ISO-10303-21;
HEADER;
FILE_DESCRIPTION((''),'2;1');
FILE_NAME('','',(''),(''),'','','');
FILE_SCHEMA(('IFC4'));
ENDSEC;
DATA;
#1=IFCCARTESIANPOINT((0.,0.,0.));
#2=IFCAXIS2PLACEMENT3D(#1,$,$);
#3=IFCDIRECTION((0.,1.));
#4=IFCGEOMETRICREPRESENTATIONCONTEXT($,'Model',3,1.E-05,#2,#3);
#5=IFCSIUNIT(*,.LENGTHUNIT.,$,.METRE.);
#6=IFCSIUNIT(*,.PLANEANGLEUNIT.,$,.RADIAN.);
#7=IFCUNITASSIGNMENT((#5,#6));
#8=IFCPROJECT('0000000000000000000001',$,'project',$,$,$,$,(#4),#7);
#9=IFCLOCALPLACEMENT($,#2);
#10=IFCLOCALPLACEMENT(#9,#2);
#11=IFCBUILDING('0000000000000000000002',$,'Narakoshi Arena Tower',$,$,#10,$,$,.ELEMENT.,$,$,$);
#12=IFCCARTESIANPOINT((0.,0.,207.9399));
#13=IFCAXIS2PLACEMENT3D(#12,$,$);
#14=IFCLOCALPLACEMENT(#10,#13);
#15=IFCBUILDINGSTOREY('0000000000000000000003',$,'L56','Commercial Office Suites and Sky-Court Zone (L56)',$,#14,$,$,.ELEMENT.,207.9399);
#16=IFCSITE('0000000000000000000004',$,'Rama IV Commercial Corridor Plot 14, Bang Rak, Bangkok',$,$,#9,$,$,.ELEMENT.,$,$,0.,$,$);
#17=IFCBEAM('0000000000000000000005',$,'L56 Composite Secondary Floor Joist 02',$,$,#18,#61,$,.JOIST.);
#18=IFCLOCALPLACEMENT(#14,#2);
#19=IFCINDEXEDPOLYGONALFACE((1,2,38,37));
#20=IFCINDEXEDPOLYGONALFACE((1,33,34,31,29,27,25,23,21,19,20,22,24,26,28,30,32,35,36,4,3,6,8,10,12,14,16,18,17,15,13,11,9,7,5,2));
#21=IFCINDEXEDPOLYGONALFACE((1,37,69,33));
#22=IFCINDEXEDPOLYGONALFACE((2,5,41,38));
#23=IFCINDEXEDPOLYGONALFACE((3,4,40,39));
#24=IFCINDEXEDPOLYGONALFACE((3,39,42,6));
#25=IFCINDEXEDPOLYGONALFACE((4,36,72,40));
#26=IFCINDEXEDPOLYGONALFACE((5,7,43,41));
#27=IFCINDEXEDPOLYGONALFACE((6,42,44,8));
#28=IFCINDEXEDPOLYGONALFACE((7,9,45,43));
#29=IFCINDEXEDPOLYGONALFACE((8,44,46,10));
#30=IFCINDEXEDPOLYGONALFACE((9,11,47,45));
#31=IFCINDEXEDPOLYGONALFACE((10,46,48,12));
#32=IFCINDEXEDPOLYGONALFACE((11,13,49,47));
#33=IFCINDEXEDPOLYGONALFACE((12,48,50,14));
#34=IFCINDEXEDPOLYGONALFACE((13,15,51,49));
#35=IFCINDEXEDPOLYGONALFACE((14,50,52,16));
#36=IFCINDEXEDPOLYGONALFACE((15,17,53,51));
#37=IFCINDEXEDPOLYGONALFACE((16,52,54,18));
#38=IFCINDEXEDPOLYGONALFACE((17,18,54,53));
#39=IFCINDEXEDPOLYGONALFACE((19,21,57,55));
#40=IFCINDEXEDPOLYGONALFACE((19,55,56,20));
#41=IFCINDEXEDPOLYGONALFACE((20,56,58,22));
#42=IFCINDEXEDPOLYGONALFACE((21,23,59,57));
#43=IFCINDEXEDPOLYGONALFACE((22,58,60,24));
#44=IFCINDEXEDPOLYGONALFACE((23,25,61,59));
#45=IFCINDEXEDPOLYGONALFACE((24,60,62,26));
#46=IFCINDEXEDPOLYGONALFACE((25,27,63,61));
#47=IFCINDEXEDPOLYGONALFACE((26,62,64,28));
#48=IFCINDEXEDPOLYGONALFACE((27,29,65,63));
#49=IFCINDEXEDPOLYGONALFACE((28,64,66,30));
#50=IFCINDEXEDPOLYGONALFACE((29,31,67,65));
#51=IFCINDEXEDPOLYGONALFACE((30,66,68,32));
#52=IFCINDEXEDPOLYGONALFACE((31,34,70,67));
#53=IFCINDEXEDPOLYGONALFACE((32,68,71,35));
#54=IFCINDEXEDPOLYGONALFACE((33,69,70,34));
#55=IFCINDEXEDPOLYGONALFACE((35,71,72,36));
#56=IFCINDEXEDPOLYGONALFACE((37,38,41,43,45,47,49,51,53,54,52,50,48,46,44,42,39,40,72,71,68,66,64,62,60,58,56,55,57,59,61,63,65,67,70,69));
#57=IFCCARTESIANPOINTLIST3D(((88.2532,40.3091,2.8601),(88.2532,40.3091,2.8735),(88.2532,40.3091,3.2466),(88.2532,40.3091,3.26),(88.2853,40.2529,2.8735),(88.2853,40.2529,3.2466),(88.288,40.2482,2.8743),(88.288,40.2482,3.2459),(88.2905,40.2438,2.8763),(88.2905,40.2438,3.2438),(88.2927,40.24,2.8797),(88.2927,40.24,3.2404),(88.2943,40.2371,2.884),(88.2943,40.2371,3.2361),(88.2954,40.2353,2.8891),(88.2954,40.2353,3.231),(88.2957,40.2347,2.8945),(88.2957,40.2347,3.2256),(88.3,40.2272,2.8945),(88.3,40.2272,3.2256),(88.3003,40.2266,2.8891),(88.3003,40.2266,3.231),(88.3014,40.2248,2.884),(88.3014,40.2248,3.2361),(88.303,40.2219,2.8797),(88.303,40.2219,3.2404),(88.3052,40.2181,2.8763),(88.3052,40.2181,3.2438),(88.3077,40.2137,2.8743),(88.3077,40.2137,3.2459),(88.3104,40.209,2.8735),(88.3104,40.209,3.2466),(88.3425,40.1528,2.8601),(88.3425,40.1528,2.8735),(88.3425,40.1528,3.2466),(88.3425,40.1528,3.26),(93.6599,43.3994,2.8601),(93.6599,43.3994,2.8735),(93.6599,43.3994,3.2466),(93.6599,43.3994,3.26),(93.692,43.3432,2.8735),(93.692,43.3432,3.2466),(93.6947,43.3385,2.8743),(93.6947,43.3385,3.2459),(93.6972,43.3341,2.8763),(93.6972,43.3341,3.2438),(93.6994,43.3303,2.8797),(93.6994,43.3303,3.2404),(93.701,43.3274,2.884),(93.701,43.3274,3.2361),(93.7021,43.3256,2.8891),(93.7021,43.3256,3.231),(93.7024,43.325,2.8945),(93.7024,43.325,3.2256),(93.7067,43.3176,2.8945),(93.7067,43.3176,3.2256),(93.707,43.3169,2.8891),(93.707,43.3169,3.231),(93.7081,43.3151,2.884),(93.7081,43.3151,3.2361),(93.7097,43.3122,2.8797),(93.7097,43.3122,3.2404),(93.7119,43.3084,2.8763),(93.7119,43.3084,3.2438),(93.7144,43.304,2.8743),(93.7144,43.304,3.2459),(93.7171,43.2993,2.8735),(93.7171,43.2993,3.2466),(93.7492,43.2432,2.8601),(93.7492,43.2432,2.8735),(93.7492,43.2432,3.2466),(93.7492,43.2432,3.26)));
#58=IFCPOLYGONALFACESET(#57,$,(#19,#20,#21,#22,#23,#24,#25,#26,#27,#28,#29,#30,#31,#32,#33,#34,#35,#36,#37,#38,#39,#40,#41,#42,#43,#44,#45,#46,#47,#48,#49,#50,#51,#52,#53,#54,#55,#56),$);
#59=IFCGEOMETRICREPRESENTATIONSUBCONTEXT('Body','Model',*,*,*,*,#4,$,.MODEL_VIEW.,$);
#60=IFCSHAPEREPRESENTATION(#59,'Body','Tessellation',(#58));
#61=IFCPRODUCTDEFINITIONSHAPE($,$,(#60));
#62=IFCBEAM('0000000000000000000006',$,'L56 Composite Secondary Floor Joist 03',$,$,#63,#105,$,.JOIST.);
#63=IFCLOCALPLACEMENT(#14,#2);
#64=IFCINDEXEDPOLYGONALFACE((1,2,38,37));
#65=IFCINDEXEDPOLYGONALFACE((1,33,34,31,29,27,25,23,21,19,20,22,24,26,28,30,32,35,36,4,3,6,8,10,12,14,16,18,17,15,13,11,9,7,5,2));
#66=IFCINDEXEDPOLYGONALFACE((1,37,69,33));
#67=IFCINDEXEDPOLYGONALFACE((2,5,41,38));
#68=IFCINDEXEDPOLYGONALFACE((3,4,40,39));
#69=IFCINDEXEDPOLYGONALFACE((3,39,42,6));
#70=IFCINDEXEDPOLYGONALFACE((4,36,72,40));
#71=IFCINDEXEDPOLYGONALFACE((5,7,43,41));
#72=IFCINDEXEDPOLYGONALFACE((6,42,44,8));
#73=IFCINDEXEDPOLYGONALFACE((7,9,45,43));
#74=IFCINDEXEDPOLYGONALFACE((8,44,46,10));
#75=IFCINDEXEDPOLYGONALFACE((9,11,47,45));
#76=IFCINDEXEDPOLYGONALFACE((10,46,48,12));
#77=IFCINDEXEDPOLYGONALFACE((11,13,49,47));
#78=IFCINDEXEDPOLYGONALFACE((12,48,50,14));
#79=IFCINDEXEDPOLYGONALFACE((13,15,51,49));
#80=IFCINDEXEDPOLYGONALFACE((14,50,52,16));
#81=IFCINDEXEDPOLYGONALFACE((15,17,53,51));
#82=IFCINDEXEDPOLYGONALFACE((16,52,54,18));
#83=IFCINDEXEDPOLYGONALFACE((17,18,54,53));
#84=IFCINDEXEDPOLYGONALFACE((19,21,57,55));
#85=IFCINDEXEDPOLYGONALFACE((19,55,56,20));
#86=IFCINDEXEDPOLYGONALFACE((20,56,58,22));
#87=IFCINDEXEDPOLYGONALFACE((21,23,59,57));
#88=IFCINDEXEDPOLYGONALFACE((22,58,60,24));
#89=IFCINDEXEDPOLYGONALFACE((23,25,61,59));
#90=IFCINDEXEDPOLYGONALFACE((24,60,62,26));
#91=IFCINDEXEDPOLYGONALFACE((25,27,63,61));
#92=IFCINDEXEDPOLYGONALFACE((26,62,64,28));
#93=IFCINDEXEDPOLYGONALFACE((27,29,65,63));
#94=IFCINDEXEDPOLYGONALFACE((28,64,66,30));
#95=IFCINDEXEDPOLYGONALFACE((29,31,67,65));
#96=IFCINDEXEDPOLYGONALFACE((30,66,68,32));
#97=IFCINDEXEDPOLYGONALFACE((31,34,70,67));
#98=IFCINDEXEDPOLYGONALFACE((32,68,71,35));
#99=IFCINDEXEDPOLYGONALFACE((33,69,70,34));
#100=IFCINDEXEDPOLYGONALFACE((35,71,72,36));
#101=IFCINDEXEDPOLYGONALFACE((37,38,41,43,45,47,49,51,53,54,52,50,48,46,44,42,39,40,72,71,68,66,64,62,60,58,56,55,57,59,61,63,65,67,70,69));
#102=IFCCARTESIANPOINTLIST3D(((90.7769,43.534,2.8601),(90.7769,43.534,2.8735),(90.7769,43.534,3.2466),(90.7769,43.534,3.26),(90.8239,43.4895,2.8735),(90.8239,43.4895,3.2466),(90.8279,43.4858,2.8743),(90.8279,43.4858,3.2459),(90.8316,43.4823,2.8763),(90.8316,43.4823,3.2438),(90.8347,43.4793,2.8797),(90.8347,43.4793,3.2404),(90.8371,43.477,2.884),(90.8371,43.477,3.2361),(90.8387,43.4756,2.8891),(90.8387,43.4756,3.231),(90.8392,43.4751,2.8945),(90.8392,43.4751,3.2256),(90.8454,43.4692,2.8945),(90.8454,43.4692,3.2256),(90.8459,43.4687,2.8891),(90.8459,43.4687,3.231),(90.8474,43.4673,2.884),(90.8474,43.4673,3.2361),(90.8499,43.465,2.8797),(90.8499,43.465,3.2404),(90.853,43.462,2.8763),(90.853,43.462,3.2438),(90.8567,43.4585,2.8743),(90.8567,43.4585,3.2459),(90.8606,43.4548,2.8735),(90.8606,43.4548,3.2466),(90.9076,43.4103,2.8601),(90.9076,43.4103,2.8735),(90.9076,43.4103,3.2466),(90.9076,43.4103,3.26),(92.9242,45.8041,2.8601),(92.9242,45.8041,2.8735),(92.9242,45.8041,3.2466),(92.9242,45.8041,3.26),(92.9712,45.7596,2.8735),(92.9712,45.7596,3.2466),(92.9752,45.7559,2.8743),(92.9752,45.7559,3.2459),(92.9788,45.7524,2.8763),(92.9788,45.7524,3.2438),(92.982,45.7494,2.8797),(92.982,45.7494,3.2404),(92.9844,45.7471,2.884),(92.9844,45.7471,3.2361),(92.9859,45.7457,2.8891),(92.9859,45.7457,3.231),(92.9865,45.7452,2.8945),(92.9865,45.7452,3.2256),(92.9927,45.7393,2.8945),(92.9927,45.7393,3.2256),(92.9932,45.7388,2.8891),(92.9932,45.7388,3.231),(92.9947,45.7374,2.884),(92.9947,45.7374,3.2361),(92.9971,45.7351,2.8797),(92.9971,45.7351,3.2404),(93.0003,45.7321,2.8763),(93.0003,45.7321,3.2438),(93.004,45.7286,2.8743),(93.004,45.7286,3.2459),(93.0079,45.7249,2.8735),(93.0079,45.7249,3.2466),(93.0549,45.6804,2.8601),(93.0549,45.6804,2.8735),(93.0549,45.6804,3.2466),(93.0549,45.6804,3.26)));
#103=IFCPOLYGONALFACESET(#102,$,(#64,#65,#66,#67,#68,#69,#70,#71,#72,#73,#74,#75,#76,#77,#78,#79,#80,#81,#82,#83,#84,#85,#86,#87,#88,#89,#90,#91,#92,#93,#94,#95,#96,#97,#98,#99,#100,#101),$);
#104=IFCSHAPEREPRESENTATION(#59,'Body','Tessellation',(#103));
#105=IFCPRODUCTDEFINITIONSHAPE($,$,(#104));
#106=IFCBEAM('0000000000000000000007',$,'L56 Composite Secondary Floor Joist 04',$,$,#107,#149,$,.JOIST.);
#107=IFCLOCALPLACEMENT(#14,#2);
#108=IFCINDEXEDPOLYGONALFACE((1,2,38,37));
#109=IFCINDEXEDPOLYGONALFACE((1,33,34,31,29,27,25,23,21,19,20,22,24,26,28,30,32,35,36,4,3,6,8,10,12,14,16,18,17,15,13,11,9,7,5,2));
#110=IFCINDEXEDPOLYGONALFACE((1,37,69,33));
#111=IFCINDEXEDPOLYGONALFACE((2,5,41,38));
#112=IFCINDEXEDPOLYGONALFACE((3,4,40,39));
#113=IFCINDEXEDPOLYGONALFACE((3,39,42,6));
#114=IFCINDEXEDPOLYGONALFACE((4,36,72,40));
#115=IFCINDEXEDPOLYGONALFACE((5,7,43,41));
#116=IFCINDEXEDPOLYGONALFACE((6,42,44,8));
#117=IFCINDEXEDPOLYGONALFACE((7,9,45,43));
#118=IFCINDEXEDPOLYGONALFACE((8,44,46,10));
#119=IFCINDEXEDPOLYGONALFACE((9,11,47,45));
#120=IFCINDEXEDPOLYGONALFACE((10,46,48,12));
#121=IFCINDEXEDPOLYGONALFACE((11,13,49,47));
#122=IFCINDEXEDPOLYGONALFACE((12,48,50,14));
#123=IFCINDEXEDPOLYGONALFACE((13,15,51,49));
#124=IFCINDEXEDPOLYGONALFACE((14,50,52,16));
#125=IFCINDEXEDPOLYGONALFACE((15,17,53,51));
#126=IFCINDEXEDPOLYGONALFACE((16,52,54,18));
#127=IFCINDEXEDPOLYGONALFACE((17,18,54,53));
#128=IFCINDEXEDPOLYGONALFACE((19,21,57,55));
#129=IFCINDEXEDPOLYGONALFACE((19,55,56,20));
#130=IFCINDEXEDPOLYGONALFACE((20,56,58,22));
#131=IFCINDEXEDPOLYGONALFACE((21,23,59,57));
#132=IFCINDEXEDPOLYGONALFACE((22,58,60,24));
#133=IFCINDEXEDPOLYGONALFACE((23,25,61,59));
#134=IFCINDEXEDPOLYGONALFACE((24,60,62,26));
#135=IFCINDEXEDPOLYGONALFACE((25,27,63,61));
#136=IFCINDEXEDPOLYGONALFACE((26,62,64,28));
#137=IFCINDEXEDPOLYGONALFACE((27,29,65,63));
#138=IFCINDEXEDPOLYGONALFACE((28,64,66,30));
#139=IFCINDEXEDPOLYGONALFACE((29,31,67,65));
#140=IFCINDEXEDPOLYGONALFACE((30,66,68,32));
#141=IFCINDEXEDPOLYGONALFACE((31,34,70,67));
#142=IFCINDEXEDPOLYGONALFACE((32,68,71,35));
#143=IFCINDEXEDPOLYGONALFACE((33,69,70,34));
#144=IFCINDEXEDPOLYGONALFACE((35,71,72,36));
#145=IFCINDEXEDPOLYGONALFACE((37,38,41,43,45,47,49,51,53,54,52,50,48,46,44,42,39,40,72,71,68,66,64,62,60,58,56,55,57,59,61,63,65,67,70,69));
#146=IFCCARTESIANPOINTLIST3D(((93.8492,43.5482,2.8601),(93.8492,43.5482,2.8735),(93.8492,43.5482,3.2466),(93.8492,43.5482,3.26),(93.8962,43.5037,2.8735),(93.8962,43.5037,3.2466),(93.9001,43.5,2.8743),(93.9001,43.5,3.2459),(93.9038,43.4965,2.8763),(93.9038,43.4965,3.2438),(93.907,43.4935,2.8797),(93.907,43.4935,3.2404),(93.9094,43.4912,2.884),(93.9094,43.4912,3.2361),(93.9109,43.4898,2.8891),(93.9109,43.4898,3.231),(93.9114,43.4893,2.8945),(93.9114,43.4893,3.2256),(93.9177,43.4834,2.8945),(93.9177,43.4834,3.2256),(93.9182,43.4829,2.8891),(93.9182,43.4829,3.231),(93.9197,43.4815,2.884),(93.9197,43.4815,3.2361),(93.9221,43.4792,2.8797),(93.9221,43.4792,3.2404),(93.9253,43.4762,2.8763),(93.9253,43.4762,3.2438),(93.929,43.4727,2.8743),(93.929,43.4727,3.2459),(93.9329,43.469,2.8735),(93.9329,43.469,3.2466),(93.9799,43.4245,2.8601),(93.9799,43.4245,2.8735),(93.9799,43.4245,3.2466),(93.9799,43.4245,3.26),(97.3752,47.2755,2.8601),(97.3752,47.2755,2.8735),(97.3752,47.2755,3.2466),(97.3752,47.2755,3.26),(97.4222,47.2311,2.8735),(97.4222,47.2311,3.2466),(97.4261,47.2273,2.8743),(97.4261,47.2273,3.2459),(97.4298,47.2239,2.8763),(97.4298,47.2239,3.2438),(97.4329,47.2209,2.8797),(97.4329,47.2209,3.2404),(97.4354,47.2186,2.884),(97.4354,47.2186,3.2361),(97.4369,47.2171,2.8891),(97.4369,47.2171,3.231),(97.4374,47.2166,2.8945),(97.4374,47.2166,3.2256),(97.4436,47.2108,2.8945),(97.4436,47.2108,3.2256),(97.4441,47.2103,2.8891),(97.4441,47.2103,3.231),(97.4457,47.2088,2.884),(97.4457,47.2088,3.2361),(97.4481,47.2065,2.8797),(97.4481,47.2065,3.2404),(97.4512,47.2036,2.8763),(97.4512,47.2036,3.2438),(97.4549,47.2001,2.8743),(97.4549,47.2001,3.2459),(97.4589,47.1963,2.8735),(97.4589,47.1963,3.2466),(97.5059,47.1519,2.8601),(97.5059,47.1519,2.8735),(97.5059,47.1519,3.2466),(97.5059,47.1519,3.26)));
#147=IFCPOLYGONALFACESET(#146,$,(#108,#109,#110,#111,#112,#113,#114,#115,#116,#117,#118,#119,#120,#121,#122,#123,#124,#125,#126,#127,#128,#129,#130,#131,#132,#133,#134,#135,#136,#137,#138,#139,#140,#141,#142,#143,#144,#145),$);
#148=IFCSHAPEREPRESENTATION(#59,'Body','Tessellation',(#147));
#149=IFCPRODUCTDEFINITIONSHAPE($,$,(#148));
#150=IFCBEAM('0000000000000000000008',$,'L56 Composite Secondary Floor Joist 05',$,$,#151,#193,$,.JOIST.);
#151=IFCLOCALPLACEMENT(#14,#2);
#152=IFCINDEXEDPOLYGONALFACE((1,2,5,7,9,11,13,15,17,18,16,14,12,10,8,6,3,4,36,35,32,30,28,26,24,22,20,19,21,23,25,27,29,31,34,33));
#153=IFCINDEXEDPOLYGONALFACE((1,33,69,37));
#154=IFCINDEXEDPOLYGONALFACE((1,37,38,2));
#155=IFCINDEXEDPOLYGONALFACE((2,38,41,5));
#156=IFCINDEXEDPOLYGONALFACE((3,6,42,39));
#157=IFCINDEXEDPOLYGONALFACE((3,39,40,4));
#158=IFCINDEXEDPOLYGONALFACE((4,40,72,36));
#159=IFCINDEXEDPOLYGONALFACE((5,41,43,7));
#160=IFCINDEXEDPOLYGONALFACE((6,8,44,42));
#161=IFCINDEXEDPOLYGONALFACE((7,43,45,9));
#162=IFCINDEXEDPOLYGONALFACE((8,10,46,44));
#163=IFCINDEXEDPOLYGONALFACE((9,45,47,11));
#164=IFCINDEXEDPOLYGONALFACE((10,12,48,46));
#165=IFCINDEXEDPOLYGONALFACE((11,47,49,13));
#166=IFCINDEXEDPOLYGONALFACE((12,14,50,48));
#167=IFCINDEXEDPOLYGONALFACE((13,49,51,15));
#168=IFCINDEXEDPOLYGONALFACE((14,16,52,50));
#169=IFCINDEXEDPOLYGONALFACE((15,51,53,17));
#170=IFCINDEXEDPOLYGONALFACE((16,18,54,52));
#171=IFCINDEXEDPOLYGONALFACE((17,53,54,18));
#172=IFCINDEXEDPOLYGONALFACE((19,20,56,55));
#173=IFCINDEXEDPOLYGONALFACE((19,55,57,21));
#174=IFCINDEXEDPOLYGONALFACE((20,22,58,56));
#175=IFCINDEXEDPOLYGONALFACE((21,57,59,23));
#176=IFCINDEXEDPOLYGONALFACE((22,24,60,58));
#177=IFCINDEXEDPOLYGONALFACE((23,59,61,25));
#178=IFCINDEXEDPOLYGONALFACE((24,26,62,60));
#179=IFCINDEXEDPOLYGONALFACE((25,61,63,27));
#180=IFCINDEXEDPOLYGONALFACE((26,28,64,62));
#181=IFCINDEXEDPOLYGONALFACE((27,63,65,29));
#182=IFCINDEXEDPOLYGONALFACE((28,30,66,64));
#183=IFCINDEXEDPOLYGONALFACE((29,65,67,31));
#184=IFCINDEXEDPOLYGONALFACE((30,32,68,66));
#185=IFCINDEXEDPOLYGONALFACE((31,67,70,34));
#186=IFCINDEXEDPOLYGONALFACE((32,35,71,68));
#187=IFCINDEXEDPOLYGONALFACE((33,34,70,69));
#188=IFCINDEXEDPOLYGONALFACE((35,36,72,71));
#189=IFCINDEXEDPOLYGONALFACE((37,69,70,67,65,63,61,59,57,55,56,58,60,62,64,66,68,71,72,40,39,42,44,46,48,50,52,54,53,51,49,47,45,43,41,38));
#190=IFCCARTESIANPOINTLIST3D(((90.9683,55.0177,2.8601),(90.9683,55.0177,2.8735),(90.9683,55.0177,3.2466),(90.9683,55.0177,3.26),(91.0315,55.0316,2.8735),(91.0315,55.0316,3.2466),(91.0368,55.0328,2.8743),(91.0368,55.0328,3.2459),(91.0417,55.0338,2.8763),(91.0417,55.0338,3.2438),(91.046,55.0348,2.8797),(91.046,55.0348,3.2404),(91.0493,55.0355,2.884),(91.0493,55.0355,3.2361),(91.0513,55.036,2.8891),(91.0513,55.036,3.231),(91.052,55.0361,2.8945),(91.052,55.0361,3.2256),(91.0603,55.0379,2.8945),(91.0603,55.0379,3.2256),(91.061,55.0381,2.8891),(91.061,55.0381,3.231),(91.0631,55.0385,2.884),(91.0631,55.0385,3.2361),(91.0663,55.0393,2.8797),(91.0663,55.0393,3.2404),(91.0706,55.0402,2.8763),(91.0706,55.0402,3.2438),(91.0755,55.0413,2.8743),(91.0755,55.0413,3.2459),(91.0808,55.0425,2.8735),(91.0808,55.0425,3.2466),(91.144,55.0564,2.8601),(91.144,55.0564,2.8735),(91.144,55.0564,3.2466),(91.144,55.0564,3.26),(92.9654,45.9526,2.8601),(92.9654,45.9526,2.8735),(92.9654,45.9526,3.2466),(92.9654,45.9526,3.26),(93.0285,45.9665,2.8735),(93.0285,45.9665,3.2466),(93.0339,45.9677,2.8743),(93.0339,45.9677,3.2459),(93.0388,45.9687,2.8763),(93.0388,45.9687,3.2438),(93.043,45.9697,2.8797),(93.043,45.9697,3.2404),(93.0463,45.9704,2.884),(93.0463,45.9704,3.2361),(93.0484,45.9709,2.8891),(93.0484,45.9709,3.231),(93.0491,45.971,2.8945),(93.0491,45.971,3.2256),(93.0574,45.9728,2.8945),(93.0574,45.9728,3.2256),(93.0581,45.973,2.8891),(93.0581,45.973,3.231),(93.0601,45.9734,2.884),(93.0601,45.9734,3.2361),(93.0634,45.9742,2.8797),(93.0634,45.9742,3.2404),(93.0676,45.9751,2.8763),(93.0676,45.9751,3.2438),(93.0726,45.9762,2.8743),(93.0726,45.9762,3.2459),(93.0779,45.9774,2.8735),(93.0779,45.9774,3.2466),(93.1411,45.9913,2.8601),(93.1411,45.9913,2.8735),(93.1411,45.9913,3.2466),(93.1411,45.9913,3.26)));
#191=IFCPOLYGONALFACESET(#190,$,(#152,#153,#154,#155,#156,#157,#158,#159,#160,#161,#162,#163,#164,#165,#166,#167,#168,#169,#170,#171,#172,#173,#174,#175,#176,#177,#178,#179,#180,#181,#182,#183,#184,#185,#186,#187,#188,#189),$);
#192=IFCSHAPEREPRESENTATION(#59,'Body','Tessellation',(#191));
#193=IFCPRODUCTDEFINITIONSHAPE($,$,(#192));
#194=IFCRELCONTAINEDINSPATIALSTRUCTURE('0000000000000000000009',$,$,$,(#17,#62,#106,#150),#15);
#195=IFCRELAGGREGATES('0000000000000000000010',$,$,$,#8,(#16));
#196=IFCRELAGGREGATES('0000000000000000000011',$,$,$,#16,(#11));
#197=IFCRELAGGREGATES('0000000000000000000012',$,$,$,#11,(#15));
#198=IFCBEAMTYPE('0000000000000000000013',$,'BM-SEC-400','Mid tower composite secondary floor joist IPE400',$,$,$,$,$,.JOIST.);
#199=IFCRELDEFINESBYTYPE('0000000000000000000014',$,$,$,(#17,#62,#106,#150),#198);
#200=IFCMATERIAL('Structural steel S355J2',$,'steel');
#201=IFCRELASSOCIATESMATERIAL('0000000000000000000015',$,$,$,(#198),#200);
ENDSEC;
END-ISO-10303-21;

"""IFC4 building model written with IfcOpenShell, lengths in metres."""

from ifc_helpers import new_model, si_unit, direction, frame, origin, origin_2d, place, context, subcontext, project, spatial, i_section, extrude, material, material_profile, profile_set, type_object, element, save


model = new_model("IFC4")

# Units and contexts
model_context = context("Model", 3, precision=1e-05, world=origin(), true_north=direction((0.0, 1.0)))
body_context = subcontext(model_context, "Body", "Model", "MODEL_VIEW")
ifc_project = project(units=[si_unit("LENGTHUNIT", "METRE"), si_unit("PLANEANGLEUNIT", "RADIAN")], contexts=[model_context])

# Site, building, storey
site_placement = place(None, origin())
site = spatial("IfcSite", under=ifc_project, at=site_placement, Name="Rama IV Commercial Corridor Plot 14, Bang Rak, Bangkok", CompositionType="ELEMENT", RefElevation=0.0)
building_placement = place(site_placement, origin())
building = spatial("IfcBuilding", under=site, at=building_placement, Name="Narakoshi Arena Tower", CompositionType="ELEMENT")
storey_placement = place(building_placement, frame((0.0, 0.0, 207.9399)))
storey = spatial("IfcBuildingStorey", under=building, at=storey_placement, Name="L56", Description="Commercial Office Suites and Sky-Court Zone (L56)", CompositionType="ELEMENT", Elevation=207.9399)

# Beams
ifc_material_1 = material(Name="Structural steel S355J2", Category="steel")
ifc_material_profile_1 = material_profile(ifc_material_1, i_section(OverallWidth=0.1799, OverallDepth=0.3999, WebThickness=0.0085, FlangeThickness=0.0134, FilletRadius=0.021, at=origin_2d()), Name="IPE400")
ifc_profile_set_1 = profile_set([ifc_material_profile_1], Name="Structural steel S355J2")
beam_type_1 = type_object("IfcBeamType", Name="BM-SEC-400", Description="Mid tower composite secondary floor joist IPE400", PredefinedType="JOIST", material=ifc_profile_set_1)
beam_1_placement = place(storey_placement, frame((88.2979, 40.231, 3.0601), z_axis=(0.86819, 0.496232, 0.0), x_axis=(-0.496232, 0.86819, 0.0)))
element("IfcBeam", 1, at=beam_1_placement, inside=storey, type_object=beam_type_1, Name="L56 Composite Secondary Floor Joist 02", PredefinedType="JOIST", context=body_context, shape_type="SweptSolid", body=[
    extrude(i_section(OverallWidth=0.1799, OverallDepth=0.3999, WebThickness=0.0085, FlangeThickness=0.0134, FilletRadius=0.021, at=origin_2d()), origin(), (0.0, 0.0, 1.0), 6.2275),
])
beam_2_placement = place(storey_placement, frame((90.8423, 43.4722, 3.0601), z_axis=(0.687183, 0.726484, 0.0), x_axis=(-0.726484, 0.687183, 0.0)))
element("IfcBeam", 2, at=beam_2_placement, inside=storey, type_object=beam_type_1, Name="L56 Composite Secondary Floor Joist 03", PredefinedType="JOIST", context=body_context, shape_type="SweptSolid", body=[
    extrude(i_section(OverallWidth=0.1799, OverallDepth=0.3999, WebThickness=0.0085, FlangeThickness=0.0134, FilletRadius=0.021, at=origin_2d()), origin(), (0.0, 0.0, 1.0), 3.1248),
])
beam_3_placement = place(storey_placement, frame((93.9146, 43.4863, 3.0601), z_axis=(0.687206, 0.726463, 0.0), x_axis=(-0.726463, 0.687206, 0.0)))
element("IfcBeam", 3, at=beam_3_placement, inside=storey, type_object=beam_type_1, Name="L56 Composite Secondary Floor Joist 04", PredefinedType="JOIST", context=body_context, shape_type="SweptSolid", body=[
    extrude(i_section(OverallWidth=0.1799, OverallDepth=0.3999, WebThickness=0.0085, FlangeThickness=0.0134, FilletRadius=0.021, at=origin_2d()), origin(), (0.0, 0.0, 1.0), 5.1309),
])
beam_4_placement = place(storey_placement, frame((93.0532, 45.9719, 3.0601), z_axis=(-0.215142, 0.976583, 0.0), x_axis=(-0.976583, -0.215142, 0.0)))
element("IfcBeam", 4, at=beam_4_placement, inside=storey, type_object=beam_type_1, Name="L56 Composite Secondary Floor Joist 05", PredefinedType="JOIST", context=body_context, shape_type="SweptSolid", body=[
    extrude(i_section(OverallWidth=0.1799, OverallDepth=0.3999, WebThickness=0.0085, FlangeThickness=0.0134, FilletRadius=0.021, at=origin_2d()), origin(), (0.0, 0.0, 1.0), 9.2825),
])

save(model, "model.ifc")
